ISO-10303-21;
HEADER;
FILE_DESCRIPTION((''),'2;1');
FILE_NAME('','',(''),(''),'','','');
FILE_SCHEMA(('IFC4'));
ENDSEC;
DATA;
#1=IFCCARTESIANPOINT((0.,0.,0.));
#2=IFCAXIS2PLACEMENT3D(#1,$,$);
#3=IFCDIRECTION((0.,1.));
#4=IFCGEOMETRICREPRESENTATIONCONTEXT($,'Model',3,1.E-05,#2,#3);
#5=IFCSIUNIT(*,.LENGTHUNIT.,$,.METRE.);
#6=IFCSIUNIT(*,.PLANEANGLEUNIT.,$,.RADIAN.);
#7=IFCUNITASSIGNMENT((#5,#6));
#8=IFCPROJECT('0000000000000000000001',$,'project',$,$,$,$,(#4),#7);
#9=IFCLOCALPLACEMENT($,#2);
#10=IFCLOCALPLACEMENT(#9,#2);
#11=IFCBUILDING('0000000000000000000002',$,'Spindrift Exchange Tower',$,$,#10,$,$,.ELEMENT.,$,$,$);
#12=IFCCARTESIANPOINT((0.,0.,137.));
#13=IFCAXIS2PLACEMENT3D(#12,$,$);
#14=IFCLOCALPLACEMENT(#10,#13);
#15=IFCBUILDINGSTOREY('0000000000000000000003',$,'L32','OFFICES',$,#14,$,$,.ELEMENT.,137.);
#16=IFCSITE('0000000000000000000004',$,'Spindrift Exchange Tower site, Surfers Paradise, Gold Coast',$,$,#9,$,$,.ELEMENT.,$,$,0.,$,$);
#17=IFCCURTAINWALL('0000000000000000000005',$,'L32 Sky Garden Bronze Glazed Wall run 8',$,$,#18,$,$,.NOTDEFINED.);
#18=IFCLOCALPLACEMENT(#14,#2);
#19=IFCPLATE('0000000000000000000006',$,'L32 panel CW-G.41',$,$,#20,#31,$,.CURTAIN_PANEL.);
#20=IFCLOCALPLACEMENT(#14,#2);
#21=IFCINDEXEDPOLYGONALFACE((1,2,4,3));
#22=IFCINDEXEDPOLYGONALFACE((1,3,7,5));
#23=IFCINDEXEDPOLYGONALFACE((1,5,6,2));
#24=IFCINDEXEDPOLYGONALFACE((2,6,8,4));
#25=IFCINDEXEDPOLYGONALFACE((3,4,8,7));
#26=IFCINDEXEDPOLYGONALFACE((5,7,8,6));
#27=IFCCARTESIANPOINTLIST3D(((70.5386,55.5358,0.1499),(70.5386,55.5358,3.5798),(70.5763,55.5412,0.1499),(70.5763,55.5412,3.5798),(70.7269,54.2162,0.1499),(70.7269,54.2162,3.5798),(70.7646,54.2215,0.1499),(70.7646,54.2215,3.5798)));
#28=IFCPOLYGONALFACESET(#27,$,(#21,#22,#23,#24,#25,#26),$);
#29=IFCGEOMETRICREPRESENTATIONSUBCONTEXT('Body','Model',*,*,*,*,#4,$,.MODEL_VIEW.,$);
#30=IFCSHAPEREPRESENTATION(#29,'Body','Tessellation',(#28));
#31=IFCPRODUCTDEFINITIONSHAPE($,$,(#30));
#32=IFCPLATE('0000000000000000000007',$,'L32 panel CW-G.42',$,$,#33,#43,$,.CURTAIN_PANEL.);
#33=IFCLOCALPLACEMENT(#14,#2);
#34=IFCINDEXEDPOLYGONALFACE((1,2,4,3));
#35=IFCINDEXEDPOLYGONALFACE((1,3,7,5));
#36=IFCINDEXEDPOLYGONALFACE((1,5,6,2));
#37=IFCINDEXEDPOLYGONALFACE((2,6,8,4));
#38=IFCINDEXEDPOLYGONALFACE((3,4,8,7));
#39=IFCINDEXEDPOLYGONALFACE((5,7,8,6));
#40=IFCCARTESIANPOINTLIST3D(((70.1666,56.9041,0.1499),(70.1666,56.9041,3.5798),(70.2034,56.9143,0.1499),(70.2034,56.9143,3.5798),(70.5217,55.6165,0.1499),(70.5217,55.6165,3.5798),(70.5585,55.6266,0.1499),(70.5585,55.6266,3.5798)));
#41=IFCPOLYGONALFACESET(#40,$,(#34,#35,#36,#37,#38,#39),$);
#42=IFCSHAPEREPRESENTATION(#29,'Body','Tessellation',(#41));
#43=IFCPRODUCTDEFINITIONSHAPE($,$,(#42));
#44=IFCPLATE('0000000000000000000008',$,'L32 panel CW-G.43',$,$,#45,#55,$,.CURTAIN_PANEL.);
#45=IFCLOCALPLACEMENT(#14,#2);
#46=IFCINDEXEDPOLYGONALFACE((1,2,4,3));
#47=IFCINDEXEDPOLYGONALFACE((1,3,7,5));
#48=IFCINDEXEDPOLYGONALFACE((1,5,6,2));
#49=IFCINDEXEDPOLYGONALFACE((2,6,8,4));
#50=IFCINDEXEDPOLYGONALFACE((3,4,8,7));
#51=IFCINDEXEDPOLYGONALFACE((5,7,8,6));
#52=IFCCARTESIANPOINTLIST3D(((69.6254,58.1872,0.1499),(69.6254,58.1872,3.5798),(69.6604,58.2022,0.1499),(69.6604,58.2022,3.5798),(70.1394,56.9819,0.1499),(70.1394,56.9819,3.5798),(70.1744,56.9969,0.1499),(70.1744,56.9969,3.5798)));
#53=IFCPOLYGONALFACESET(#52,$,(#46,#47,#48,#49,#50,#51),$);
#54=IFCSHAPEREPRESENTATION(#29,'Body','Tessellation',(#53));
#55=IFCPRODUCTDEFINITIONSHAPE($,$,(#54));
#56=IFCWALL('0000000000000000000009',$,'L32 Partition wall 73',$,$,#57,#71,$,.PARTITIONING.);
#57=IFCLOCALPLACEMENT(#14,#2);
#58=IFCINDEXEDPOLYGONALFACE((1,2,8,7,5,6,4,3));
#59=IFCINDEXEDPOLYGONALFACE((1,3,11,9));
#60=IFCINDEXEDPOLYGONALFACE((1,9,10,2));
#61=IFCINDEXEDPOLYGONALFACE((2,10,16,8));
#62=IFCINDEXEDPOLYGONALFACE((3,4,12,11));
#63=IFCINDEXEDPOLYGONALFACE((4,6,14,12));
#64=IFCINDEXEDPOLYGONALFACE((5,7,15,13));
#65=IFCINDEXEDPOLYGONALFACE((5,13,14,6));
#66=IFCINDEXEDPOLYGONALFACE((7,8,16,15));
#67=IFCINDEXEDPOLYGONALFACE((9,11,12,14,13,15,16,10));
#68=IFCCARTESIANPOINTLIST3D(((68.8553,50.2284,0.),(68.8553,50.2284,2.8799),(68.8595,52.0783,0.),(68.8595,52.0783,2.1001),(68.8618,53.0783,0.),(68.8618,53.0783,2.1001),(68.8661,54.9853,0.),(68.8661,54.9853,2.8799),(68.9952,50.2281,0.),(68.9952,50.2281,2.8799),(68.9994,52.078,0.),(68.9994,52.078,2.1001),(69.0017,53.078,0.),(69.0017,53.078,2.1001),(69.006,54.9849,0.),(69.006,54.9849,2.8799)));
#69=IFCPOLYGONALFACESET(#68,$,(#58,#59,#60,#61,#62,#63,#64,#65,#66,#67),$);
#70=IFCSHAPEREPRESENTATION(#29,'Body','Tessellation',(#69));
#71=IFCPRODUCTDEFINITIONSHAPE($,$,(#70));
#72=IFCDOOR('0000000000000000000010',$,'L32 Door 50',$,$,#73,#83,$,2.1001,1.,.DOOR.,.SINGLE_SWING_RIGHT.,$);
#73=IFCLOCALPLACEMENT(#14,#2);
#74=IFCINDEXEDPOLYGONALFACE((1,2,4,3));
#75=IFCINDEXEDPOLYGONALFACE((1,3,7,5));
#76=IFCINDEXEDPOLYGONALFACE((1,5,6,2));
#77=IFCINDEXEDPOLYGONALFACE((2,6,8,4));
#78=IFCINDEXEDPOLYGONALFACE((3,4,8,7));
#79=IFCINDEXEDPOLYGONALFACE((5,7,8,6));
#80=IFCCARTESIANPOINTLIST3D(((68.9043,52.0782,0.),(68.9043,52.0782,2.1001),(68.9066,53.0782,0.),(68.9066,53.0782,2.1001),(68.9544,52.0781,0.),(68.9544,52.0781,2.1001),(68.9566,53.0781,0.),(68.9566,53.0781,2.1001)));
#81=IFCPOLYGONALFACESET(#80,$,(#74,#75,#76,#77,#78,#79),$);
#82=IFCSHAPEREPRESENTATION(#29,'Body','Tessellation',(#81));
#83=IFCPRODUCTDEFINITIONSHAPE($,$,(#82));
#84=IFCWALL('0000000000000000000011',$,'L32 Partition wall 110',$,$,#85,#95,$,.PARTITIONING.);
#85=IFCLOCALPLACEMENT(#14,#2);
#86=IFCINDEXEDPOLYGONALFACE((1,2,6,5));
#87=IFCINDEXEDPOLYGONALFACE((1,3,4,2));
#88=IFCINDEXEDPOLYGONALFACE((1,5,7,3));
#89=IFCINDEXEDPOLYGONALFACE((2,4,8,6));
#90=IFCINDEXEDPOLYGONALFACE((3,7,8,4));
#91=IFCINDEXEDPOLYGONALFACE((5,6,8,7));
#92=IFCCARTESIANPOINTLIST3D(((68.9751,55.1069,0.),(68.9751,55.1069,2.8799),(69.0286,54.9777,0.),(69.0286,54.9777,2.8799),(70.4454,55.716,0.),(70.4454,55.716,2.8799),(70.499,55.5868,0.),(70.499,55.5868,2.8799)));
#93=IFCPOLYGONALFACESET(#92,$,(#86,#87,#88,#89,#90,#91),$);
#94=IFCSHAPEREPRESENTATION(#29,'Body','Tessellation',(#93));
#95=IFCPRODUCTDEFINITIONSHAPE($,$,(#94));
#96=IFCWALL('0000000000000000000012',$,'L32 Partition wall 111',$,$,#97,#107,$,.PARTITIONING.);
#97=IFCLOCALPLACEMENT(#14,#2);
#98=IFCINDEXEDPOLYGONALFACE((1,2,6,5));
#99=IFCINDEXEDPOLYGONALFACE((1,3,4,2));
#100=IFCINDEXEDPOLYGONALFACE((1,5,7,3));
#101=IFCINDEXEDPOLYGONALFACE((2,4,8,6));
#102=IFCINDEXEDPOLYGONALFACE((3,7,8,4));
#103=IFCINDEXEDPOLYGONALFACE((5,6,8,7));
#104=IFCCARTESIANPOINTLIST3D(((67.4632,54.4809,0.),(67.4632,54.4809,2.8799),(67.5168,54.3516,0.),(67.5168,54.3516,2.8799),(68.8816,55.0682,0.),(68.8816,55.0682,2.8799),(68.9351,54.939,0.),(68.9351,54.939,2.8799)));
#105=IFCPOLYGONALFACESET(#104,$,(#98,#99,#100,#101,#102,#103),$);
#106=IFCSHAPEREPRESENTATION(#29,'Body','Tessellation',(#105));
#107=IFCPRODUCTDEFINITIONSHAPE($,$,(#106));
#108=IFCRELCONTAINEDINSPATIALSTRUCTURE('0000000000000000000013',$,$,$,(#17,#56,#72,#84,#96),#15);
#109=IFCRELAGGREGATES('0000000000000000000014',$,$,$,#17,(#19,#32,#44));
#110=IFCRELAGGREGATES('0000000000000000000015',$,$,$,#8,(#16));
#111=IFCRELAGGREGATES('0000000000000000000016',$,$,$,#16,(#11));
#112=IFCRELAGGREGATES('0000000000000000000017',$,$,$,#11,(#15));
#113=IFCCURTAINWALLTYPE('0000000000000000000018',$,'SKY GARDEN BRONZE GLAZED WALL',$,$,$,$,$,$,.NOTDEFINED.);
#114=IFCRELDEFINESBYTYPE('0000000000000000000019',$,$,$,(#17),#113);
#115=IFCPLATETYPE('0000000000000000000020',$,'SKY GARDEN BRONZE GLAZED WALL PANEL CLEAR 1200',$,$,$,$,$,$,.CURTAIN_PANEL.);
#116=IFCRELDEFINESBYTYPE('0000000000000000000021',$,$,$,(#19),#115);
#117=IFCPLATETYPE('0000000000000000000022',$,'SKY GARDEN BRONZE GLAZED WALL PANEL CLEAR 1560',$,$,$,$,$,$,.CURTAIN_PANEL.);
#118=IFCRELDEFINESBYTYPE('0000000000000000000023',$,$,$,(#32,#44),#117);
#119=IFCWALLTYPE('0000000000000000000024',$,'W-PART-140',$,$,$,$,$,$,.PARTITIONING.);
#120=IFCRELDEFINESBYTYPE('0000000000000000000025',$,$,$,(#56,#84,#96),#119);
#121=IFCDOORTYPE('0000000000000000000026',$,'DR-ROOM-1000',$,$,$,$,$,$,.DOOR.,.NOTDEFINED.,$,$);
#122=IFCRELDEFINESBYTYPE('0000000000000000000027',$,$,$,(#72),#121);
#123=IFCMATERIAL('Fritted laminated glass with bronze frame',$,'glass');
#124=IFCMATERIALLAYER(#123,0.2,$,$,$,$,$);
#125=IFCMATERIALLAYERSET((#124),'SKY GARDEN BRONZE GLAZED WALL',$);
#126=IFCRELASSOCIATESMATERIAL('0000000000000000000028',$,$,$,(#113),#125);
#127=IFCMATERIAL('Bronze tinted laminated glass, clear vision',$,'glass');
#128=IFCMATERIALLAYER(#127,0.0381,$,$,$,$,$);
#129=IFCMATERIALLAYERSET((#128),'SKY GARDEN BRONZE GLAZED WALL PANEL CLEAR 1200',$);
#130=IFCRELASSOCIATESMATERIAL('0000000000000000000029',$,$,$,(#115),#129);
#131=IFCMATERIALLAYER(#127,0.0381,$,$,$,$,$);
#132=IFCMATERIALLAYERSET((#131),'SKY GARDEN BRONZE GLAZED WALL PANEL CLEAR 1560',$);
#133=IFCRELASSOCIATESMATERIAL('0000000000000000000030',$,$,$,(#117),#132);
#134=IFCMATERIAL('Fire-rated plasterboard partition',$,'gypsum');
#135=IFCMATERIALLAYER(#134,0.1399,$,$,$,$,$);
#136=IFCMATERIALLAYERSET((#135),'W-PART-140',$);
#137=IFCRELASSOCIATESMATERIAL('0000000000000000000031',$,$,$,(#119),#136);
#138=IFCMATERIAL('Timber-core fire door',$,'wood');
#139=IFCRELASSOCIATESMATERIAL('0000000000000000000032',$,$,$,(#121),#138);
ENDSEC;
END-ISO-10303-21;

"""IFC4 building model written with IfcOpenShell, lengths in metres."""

from ifc_helpers import new_model, si_unit, direction, frame, frame_2d, origin, origin_2d, place, context, subcontext, project, spatial, rectangle, extrude, source, transform, mapped, material, layer, layer_set, type_object, element, fill, aggregate, save


model = new_model("IFC4")

# Units and contexts
model_context = context("Model", 3, precision=1e-05, world=origin(), true_north=direction((0.0, 1.0)))
body_context = subcontext(model_context, "Body", "Model", "MODEL_VIEW")
ifc_project = project(units=[si_unit("LENGTHUNIT", "METRE"), si_unit("PLANEANGLEUNIT", "RADIAN")], contexts=[model_context])

# Site, building, storey
site_placement = place(None, origin())
site = spatial("IfcSite", under=ifc_project, at=site_placement, Name="Spindrift Exchange Tower site, Surfers Paradise, Gold Coast", CompositionType="ELEMENT", RefElevation=0.0)
building_placement = place(site_placement, origin())
building = spatial("IfcBuilding", under=site, at=building_placement, Name="Spindrift Exchange Tower", CompositionType="ELEMENT")
storey_placement = place(building_placement, frame((0.0, 0.0, 137.0)))
storey = spatial("IfcBuildingStorey", under=building, at=storey_placement, Name="L32", Description="OFFICES", CompositionType="ELEMENT", Elevation=137.0)

# Curtain wall
ifc_material_1 = material(Name="Fritted laminated glass with bronze frame", Category="glass")
ifc_layer_1 = layer(ifc_material_1, 0.2)
ifc_layer_set_1 = layer_set([ifc_layer_1], Name="SKY GARDEN BRONZE GLAZED WALL")
curtain_wall_type = type_object("IfcCurtainWallType", Name="SKY GARDEN BRONZE GLAZED WALL", PredefinedType="NOTDEFINED", material=ifc_layer_set_1)
curtain_wall_1_placement = place(storey_placement, origin())
curtain_wall_1 = element("IfcCurtainWall", 1, at=curtain_wall_1_placement, inside=storey, type_object=curtain_wall_type, Name="L32 Sky Garden Bronze Glazed Wall run 8", PredefinedType="NOTDEFINED")

# Plates
ifc_material_2 = material(Name="Bronze tinted laminated glass, clear vision", Category="glass")
ifc_layer_2 = layer(ifc_material_2, 0.0381)
ifc_layer_set_2 = layer_set([ifc_layer_2], Name="SKY GARDEN BRONZE GLAZED WALL PANEL CLEAR 1200")
plate_type_1 = type_object("IfcPlateType", Name="SKY GARDEN BRONZE GLAZED WALL PANEL CLEAR 1200", PredefinedType="CURTAIN_PANEL", material=ifc_layer_set_2)
ifc_layer_3 = layer(ifc_material_2, 0.0381)
ifc_layer_set_3 = layer_set([ifc_layer_3], Name="SKY GARDEN BRONZE GLAZED WALL PANEL CLEAR 1560")
plate_type_2 = type_object("IfcPlateType", Name="SKY GARDEN BRONZE GLAZED WALL PANEL CLEAR 1560", PredefinedType="CURTAIN_PANEL", material=ifc_layer_set_3)
shared_shape_1 = source(origin(), body_context, "Body", "SweptSolid", [
    extrude(rectangle(XDim=1.333, YDim=0.0381, at=origin_2d()), origin(), (0.0, 0.0, 1.0), 3.4299),
])
plate_1_placement = place(storey_placement, frame((70.6516, 54.8787, 0.1499), z_axis=(0.0, 0.0, 1.0), x_axis=(-0.141243, 0.989975, 0.0)))
plate_1 = element("IfcPlate", 2, at=plate_1_placement, type_object=plate_type_1, Name="L32 panel CW-G.41", PredefinedType="CURTAIN_PANEL", context=body_context, shape_type="MappedRepresentation", body=[
    mapped(shared_shape_1, transform((0.0, 0.0, 0.0), scale=1.0)),
])
shared_shape_2 = source(origin(), body_context, "Body", "SweptSolid", [
    extrude(rectangle(XDim=1.3357, YDim=0.0381, at=origin_2d()), origin(), (0.0, 0.0, 1.0), 3.4299),
])
plate_2_placement = place(storey_placement, frame((70.3625, 56.2654, 0.1499), z_axis=(0.0, 0.0, 1.0), x_axis=(-0.265851, 0.964014, 0.0)))
plate_2 = element("IfcPlate", 3, at=plate_2_placement, type_object=plate_type_2, Name="L32 panel CW-G.42", PredefinedType="CURTAIN_PANEL", context=body_context, shape_type="MappedRepresentation", body=[
    mapped(shared_shape_2, transform((0.0, 0.0, 0.0), scale=1.0)),
])
shared_shape_3 = source(origin(), body_context, "Body", "SweptSolid", [
    extrude(rectangle(XDim=1.3103, YDim=0.0381, at=origin_2d()), origin(), (0.0, 0.0, 1.0), 3.4299),
])
plate_3_placement = place(storey_placement, frame((69.8999, 57.592, 0.1499), z_axis=(0.0, 0.0, 1.0), x_axis=(-0.392276, 0.919848, 0.0)))
plate_3 = element("IfcPlate", 4, at=plate_3_placement, type_object=plate_type_2, Name="L32 panel CW-G.43", PredefinedType="CURTAIN_PANEL", context=body_context, shape_type="MappedRepresentation", body=[
    mapped(shared_shape_3, transform((0.0, 0.0, 0.0), scale=1.0)),
])
aggregate(curtain_wall_1, [plate_1, plate_2, plate_3])

# Wall, opening, door
ifc_material_3 = material(Name="Fire-rated plasterboard partition", Category="gypsum")
ifc_layer_4 = layer(ifc_material_3, 0.1399)
ifc_layer_set_4 = layer_set([ifc_layer_4], Name="W-PART-140")
wall_type = type_object("IfcWallType", Name="W-PART-140", PredefinedType="PARTITIONING", material=ifc_layer_set_4)
wall_1_placement = place(storey_placement, frame((68.936, 54.9851, 0.0), z_axis=(0.0, 0.0, 1.0), x_axis=(-0.002258, -0.999997, 0.0)))
wall_1 = element("IfcWall", 5, at=wall_1_placement, inside=storey, type_object=wall_type, Name="L32 Partition wall 73", PredefinedType="PARTITIONING", context=body_context, shape_type="SweptSolid", body=[
    extrude(rectangle(XDim=4.7568, YDim=0.1399, at=frame_2d((2.3784, 0.0))), origin(), (0.0, 0.0, 1.0), 2.8799),
])
opening_placement = place(wall_1_placement, frame((1.907, 0.0, 0.0)))
opening = element("IfcOpeningElement", 6, at=opening_placement, cuts=wall_1, PredefinedType="OPENING", context=body_context, shape_type="SweptSolid", body=[
    extrude(rectangle(XDim=1.0, YDim=2.1001, at=frame_2d((0.5, 1.05))), frame((0.0, 0.0798, 0.0), z_axis=(0.0, -1.0, 0.0), x_axis=(1.0, 0.0, 0.0)), (0.0, 0.0, 1.0), 0.1599),
])
ifc_material_4 = material(Name="Timber-core fire door", Category="wood")
door_type = type_object("IfcDoorType", Name="DR-ROOM-1000", OperationType="NOTDEFINED", PredefinedType="DOOR", material=ifc_material_4)
shared_shape_4 = source(origin(), body_context, "Body", "SweptSolid", [
    extrude(rectangle(XDim=1.0, YDim=2.1001, at=frame_2d((0.5, 1.05))), frame((0.0, 0.0249, 0.0), z_axis=(0.0, -1.0, 0.0), x_axis=(1.0, 0.0, 0.0)), (0.0, 0.0, 1.0), 0.05),
])
door_placement = place(opening_placement, origin())
door = element("IfcDoor", 7, at=door_placement, inside=storey, type_object=door_type, Name="L32 Door 50", OperationType="SINGLE_SWING_RIGHT", OverallHeight=2.1001, OverallWidth=1.0, PredefinedType="DOOR", context=body_context, shape_type="MappedRepresentation", body=[
    mapped(shared_shape_4, transform((0.0, 0.0, 0.0), scale=1.0)),
])
fill(opening, door)

# Walls
wall_2_placement = place(storey_placement, frame((69.0017, 55.0422, 0.0), z_axis=(0.0, 0.0, 1.0), x_axis=(0.923869, 0.382709, 0.0)))
element("IfcWall", 8, at=wall_2_placement, inside=storey, type_object=wall_type, Name="L32 Partition wall 110", PredefinedType="PARTITIONING", context=body_context, shape_type="SweptSolid", body=[
    extrude(rectangle(XDim=1.5916, YDim=0.1399, at=frame_2d((0.7959, 0.0))), origin(), (0.0, 0.0, 1.0), 2.8799),
])
wall_3_placement = place(storey_placement, frame((67.49, 54.4163, 0.0), z_axis=(0.0, 0.0, 1.0), x_axis=(0.923912, 0.382605, 0.0)))
element("IfcWall", 9, at=wall_3_placement, inside=storey, type_object=wall_type, Name="L32 Partition wall 111", PredefinedType="PARTITIONING", context=body_context, shape_type="SweptSolid", body=[
    extrude(rectangle(XDim=1.5352, YDim=0.1399, at=frame_2d((0.7676, 0.0))), origin(), (0.0, 0.0, 1.0), 2.8799),
])

save(model, "model.ifc")
